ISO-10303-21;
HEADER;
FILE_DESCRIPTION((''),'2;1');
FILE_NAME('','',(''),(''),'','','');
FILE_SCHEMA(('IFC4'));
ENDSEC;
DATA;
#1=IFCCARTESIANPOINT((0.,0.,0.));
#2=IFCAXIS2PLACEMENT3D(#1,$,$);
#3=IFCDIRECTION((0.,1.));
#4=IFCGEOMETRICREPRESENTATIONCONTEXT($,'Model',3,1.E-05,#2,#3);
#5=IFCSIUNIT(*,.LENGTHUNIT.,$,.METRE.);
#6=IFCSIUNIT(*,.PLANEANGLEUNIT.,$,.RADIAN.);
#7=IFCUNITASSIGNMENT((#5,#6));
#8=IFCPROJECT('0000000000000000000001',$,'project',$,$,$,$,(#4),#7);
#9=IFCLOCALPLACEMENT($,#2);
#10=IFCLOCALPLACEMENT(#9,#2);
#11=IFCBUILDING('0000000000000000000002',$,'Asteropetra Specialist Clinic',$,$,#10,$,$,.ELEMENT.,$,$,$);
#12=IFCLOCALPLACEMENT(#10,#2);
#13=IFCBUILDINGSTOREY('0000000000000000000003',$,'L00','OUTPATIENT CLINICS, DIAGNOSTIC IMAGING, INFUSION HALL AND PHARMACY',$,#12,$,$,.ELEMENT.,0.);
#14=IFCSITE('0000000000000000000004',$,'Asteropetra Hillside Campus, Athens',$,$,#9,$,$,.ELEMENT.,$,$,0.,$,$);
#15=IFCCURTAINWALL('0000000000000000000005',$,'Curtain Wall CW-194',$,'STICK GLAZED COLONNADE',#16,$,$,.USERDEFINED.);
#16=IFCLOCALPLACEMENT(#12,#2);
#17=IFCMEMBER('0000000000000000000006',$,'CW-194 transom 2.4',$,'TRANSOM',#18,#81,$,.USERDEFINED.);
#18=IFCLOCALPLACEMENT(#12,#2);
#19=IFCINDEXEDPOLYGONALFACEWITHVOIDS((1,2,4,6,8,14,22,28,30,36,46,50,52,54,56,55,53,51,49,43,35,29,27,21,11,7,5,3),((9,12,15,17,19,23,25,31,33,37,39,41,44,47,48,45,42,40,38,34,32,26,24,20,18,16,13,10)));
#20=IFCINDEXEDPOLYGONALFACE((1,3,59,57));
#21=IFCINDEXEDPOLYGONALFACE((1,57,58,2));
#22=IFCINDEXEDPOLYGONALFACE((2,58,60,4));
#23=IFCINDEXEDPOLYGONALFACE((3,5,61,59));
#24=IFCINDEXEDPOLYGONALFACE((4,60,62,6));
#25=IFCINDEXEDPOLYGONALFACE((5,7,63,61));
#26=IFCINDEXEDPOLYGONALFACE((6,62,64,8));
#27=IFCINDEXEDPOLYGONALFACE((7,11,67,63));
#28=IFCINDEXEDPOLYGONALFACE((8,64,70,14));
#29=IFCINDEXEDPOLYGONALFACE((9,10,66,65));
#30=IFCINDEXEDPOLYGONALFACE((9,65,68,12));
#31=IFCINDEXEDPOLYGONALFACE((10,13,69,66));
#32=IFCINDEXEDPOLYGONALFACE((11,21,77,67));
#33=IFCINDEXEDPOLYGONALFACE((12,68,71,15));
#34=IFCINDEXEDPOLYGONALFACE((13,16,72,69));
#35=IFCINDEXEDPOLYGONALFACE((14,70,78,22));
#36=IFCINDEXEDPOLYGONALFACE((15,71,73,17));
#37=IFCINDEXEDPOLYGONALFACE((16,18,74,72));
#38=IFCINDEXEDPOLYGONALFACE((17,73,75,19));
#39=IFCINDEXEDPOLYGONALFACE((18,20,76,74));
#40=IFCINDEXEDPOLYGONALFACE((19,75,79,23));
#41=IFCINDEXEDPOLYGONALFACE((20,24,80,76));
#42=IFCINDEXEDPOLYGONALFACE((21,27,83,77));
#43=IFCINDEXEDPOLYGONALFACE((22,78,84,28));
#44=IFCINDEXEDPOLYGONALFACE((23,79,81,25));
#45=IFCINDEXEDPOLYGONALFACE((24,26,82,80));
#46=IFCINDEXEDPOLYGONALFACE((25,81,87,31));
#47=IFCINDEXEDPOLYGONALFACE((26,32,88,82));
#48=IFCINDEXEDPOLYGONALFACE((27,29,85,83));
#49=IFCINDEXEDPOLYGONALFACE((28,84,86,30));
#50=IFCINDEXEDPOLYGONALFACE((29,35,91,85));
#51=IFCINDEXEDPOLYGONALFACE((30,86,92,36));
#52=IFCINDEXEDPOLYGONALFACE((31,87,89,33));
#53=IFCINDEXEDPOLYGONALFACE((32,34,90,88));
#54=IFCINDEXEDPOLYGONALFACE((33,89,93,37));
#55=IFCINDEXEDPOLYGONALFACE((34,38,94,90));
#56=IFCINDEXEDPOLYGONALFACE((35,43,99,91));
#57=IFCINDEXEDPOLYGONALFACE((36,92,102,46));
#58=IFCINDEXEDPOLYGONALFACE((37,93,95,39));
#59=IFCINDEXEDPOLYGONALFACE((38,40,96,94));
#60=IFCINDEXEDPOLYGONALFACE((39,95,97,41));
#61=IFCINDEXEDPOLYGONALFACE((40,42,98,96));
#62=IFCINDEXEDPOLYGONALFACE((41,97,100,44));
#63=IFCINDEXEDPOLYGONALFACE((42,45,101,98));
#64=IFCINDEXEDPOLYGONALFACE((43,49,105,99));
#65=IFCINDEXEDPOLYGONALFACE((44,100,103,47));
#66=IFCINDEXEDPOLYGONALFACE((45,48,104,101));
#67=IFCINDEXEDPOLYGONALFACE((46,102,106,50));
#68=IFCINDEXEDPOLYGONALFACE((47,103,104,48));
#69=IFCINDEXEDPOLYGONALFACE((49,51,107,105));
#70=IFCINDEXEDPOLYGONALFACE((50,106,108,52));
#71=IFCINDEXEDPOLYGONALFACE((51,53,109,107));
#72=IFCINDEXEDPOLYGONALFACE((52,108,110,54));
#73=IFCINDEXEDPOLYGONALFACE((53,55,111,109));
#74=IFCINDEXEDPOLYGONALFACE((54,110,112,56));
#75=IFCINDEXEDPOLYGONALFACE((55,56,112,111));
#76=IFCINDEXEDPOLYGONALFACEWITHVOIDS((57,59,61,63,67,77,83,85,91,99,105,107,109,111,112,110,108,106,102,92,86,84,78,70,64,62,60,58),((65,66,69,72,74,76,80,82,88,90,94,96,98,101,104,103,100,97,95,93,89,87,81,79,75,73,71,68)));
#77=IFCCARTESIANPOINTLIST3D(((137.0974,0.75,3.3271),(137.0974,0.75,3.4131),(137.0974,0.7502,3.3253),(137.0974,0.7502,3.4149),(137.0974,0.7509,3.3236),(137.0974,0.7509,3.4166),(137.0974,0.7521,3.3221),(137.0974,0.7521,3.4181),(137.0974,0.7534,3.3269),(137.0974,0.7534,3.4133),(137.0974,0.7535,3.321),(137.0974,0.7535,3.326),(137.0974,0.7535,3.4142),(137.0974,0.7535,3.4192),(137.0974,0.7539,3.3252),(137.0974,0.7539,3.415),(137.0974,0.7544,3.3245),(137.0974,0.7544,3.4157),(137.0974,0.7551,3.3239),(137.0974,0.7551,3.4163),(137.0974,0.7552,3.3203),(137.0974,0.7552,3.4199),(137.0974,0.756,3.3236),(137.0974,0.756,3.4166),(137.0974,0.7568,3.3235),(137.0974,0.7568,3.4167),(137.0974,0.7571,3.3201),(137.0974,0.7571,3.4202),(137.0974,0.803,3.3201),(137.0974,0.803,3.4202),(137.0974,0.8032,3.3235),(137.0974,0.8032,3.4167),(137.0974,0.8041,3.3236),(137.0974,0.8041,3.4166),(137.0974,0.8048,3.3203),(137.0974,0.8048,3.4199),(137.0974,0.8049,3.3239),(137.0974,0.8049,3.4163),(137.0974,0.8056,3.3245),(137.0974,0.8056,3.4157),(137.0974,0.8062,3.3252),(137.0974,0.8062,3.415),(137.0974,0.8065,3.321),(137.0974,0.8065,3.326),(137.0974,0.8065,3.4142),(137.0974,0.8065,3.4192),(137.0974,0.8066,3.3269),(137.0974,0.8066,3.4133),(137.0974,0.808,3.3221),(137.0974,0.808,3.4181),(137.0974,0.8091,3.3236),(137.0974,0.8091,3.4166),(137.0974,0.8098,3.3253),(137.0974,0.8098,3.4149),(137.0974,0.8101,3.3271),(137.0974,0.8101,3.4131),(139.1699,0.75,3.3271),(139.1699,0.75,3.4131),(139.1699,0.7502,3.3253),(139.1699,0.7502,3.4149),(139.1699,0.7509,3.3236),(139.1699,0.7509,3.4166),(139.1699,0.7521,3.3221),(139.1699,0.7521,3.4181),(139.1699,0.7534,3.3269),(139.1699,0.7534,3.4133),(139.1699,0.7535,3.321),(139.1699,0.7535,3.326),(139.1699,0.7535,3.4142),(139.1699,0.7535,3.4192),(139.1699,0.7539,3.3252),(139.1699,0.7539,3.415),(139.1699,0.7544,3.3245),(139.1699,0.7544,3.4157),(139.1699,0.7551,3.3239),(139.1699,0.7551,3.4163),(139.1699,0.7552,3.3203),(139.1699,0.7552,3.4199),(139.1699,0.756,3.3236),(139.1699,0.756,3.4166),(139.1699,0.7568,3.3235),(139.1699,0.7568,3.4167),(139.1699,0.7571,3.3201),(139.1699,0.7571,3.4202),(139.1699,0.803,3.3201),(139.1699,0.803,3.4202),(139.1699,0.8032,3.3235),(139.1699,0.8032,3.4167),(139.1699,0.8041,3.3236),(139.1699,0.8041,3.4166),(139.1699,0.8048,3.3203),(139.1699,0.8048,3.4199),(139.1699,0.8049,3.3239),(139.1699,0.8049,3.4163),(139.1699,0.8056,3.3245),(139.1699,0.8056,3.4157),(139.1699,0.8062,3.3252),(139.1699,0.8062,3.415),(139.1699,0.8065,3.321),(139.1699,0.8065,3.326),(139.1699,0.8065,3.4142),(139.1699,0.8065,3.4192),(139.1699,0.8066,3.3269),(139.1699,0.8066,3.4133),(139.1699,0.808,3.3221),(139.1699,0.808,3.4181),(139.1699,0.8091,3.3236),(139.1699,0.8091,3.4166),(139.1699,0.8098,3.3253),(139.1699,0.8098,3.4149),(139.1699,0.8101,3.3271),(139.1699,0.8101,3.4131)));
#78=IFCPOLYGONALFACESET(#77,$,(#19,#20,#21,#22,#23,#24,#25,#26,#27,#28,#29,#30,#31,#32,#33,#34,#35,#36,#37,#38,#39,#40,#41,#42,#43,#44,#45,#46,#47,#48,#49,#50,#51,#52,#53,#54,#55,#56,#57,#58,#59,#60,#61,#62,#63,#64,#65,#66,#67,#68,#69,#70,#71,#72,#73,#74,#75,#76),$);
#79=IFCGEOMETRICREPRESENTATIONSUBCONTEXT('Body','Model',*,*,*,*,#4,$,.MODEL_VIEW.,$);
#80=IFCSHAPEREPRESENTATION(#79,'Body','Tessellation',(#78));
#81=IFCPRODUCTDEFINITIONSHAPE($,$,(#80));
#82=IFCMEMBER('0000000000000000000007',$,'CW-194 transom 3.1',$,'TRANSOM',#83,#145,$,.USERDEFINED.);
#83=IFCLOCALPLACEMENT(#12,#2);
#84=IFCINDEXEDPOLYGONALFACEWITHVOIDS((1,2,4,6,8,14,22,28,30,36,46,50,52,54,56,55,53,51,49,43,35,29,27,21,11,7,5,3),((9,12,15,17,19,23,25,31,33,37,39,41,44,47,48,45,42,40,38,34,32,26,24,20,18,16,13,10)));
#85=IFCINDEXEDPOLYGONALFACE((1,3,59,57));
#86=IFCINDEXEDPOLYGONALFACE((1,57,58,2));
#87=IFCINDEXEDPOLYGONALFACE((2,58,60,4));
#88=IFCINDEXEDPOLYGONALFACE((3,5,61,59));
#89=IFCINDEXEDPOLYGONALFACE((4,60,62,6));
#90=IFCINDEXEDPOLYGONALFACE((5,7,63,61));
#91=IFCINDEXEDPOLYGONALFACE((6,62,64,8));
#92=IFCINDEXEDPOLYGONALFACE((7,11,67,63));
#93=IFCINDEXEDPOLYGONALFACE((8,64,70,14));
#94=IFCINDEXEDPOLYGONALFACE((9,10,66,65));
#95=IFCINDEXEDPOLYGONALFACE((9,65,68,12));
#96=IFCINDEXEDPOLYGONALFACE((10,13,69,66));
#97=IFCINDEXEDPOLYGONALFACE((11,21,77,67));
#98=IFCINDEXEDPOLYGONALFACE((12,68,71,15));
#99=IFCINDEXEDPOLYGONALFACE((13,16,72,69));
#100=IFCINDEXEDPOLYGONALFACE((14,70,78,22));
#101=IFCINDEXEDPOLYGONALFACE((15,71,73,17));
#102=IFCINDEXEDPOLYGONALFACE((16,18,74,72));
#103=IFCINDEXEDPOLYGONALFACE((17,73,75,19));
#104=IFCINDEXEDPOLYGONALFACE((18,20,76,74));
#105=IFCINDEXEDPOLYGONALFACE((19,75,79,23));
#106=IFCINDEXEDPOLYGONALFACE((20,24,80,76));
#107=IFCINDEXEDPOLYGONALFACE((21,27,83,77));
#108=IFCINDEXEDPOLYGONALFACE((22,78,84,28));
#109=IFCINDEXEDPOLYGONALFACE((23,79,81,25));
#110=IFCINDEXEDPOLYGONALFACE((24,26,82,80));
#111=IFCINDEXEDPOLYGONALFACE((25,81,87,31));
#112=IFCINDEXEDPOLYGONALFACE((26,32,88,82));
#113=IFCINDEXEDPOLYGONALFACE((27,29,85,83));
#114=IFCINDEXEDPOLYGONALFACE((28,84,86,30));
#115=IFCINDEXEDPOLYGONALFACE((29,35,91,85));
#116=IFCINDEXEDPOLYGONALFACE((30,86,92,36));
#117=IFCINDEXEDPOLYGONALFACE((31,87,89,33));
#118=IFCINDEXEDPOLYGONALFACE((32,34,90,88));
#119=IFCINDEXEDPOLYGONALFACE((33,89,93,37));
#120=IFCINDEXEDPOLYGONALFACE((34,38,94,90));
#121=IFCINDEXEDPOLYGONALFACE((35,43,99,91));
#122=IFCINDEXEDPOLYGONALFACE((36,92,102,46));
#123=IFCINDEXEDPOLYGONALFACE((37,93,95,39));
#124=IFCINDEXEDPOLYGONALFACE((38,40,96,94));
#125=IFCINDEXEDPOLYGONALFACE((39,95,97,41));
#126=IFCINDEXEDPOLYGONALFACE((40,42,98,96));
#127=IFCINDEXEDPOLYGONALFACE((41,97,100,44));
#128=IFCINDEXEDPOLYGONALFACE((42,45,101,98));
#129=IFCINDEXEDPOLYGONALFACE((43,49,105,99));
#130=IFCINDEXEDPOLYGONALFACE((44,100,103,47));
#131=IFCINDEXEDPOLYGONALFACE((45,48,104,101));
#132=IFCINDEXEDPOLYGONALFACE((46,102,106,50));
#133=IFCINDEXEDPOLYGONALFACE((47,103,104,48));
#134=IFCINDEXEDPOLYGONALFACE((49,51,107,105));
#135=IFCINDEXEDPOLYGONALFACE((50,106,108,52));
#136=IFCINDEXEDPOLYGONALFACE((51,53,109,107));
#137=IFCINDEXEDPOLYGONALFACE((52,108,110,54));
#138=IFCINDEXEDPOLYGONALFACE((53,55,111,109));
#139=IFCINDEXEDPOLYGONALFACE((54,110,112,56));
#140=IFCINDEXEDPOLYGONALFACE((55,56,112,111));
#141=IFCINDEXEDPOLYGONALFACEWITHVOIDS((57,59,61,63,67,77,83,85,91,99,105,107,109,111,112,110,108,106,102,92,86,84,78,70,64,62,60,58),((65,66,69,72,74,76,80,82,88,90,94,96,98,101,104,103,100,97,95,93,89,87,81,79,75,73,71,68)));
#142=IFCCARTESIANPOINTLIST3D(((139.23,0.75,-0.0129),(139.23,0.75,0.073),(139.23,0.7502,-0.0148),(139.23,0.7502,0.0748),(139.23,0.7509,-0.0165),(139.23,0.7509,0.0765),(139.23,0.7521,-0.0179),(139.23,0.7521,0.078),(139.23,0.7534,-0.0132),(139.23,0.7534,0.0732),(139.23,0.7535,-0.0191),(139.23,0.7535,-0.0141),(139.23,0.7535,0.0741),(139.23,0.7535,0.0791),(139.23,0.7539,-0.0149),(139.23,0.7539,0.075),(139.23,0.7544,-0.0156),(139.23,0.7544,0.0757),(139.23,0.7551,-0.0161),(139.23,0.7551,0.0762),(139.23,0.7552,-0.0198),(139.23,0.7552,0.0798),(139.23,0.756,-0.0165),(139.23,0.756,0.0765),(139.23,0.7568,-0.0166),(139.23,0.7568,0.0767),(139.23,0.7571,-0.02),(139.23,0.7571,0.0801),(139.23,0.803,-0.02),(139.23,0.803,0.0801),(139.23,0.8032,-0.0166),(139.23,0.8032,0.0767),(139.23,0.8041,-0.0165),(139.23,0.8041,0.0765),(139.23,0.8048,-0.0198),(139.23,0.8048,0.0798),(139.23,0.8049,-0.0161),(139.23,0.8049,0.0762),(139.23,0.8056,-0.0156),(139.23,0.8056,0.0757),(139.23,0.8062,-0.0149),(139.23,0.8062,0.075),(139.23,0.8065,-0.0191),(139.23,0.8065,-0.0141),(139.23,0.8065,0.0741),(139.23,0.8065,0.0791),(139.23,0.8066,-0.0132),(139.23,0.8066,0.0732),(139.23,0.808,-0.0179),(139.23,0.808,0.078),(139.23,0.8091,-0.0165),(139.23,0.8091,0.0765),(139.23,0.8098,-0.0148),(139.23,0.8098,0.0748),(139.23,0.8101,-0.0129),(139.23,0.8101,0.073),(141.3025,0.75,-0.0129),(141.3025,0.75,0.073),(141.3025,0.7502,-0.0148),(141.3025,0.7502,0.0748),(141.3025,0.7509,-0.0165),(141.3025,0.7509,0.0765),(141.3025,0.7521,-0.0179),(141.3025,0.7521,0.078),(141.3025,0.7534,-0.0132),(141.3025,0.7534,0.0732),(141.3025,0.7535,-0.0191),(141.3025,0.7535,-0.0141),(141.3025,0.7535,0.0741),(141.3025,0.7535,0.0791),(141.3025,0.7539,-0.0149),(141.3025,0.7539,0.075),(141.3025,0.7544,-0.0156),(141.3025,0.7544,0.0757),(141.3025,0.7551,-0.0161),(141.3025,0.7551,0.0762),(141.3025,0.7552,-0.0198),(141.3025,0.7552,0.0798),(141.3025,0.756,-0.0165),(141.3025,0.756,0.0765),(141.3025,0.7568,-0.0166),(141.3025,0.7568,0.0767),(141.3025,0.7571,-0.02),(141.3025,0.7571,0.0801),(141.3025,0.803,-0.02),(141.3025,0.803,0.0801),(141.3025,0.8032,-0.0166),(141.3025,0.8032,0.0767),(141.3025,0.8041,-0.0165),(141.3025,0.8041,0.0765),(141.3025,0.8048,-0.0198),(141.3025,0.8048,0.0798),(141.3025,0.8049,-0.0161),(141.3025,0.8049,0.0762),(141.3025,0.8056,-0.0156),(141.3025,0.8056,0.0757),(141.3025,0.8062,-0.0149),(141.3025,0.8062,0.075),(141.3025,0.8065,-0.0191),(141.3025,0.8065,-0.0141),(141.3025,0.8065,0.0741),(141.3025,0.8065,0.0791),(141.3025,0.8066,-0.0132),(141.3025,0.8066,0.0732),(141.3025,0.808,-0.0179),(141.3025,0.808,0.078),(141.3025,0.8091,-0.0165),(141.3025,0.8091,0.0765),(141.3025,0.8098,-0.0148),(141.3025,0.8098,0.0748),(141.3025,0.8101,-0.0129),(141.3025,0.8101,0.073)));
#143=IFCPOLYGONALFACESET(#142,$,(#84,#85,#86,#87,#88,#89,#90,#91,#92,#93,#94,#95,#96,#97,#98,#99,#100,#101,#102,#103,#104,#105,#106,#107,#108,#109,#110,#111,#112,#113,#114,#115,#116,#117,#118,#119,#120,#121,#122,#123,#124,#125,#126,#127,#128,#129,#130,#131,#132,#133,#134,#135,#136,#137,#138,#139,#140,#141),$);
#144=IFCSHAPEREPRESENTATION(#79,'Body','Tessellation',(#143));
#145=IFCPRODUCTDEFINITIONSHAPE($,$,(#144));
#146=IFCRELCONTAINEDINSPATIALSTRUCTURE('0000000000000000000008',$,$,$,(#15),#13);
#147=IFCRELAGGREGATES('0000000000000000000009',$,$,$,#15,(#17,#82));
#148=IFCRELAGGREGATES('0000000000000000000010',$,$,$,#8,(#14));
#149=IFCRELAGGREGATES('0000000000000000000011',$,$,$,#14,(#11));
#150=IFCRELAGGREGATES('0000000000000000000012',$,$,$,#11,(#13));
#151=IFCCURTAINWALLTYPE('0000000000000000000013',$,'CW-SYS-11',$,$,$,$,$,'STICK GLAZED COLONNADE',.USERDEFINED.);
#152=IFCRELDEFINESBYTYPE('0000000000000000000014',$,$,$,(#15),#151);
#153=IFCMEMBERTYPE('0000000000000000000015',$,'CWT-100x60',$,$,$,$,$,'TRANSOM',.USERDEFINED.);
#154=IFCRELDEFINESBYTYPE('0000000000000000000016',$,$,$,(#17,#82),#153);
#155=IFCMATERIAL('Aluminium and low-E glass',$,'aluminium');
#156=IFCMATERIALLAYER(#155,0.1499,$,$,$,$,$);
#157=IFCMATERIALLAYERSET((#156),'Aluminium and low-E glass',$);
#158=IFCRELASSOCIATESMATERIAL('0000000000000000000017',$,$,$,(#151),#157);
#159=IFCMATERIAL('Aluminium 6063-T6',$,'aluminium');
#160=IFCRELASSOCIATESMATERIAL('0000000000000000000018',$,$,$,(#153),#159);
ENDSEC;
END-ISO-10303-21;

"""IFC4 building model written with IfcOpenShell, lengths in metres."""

from ifc_helpers import new_model, si_unit, direction, frame, origin, origin_2d, place, context, subcontext, project, spatial, hollow_rectangle, extrude, material, layer, layer_set, material_profile, profile_set, type_object, element, aggregate, save


model = new_model("IFC4")

# Units and contexts
model_context = context("Model", 3, precision=1e-05, world=origin(), true_north=direction((0.0, 1.0)))
body_context = subcontext(model_context, "Body", "Model", "MODEL_VIEW")
ifc_project = project(units=[si_unit("LENGTHUNIT", "METRE"), si_unit("PLANEANGLEUNIT", "RADIAN")], contexts=[model_context])

# Site, building, storey
site_placement = place(None, origin())
site = spatial("IfcSite", under=ifc_project, at=site_placement, Name="Asteropetra Hillside Campus, Athens", CompositionType="ELEMENT", RefElevation=0.0)
building_placement = place(site_placement, origin())
building = spatial("IfcBuilding", under=site, at=building_placement, Name="Asteropetra Specialist Clinic", CompositionType="ELEMENT")
storey_placement = place(building_placement, origin())
storey = spatial("IfcBuildingStorey", under=building, at=storey_placement, Name="L00", Description="OUTPATIENT CLINICS, DIAGNOSTIC IMAGING, INFUSION HALL AND PHARMACY", CompositionType="ELEMENT", Elevation=0.0)

# Curtain wall, members
ifc_material_1 = material(Name="Aluminium and low-E glass", Category="aluminium")
ifc_layer_1 = layer(ifc_material_1, 0.1499)
ifc_layer_set_1 = layer_set([ifc_layer_1], Name="Aluminium and low-E glass")
curtain_wall_type = type_object("IfcCurtainWallType", Name="CW-SYS-11", ElementType="STICK GLAZED COLONNADE", PredefinedType="USERDEFINED", material=ifc_layer_set_1)
curtain_wall_placement = place(storey_placement, origin())
curtain_wall = element("IfcCurtainWall", 1, at=curtain_wall_placement, inside=storey, type_object=curtain_wall_type, Name="Curtain Wall CW-194", ObjectType="STICK GLAZED COLONNADE", PredefinedType="USERDEFINED")
ifc_material_2 = material(Name="Aluminium 6063-T6", Category="aluminium")
ifc_material_profile_1 = material_profile(ifc_material_2, hollow_rectangle(XDim=0.0601, YDim=0.1001, WallThickness=0.0034, InnerFilletRadius=0.0034, OuterFilletRadius=0.0071, at=origin_2d()), Name="TRN 100x60x3.5")
ifc_profile_set_1 = profile_set([ifc_material_profile_1], Name="Aluminium 6063-T6")
member_type_1 = type_object("IfcMemberType", Name="CWT-100x60", ElementType="TRANSOM", PredefinedType="USERDEFINED", material=ifc_profile_set_1)
member_1_placement = place(storey_placement, frame((137.0974, 0.78, 3.3701), z_axis=(1.0, 0.0, 0.0), x_axis=(0.0, 1.0, 0.0)))
member_1 = element("IfcMember", 2, at=member_1_placement, type_object=member_type_1, Name="CW-194 transom 2.4", ObjectType="TRANSOM", PredefinedType="USERDEFINED", context=body_context, shape_type="SweptSolid", body=[
    extrude(hollow_rectangle(XDim=0.0601, YDim=0.1001, WallThickness=0.0034, InnerFilletRadius=0.0034, OuterFilletRadius=0.0071, at=origin_2d()), origin(), (0.0, 0.0, 1.0), 2.0725),
])
member_2_placement = place(storey_placement, frame((139.23, 0.78, 0.03), z_axis=(1.0, 0.0, 0.0), x_axis=(0.0, 1.0, 0.0)))
member_2 = element("IfcMember", 3, at=member_2_placement, type_object=member_type_1, Name="CW-194 transom 3.1", ObjectType="TRANSOM", PredefinedType="USERDEFINED", context=body_context, shape_type="SweptSolid", body=[
    extrude(hollow_rectangle(XDim=0.0601, YDim=0.1001, WallThickness=0.0034, InnerFilletRadius=0.0034, OuterFilletRadius=0.0071, at=origin_2d()), origin(), (0.0, 0.0, 1.0), 2.0725),
])
aggregate(curtain_wall, [member_1, member_2])

save(model, "model.ifc")
